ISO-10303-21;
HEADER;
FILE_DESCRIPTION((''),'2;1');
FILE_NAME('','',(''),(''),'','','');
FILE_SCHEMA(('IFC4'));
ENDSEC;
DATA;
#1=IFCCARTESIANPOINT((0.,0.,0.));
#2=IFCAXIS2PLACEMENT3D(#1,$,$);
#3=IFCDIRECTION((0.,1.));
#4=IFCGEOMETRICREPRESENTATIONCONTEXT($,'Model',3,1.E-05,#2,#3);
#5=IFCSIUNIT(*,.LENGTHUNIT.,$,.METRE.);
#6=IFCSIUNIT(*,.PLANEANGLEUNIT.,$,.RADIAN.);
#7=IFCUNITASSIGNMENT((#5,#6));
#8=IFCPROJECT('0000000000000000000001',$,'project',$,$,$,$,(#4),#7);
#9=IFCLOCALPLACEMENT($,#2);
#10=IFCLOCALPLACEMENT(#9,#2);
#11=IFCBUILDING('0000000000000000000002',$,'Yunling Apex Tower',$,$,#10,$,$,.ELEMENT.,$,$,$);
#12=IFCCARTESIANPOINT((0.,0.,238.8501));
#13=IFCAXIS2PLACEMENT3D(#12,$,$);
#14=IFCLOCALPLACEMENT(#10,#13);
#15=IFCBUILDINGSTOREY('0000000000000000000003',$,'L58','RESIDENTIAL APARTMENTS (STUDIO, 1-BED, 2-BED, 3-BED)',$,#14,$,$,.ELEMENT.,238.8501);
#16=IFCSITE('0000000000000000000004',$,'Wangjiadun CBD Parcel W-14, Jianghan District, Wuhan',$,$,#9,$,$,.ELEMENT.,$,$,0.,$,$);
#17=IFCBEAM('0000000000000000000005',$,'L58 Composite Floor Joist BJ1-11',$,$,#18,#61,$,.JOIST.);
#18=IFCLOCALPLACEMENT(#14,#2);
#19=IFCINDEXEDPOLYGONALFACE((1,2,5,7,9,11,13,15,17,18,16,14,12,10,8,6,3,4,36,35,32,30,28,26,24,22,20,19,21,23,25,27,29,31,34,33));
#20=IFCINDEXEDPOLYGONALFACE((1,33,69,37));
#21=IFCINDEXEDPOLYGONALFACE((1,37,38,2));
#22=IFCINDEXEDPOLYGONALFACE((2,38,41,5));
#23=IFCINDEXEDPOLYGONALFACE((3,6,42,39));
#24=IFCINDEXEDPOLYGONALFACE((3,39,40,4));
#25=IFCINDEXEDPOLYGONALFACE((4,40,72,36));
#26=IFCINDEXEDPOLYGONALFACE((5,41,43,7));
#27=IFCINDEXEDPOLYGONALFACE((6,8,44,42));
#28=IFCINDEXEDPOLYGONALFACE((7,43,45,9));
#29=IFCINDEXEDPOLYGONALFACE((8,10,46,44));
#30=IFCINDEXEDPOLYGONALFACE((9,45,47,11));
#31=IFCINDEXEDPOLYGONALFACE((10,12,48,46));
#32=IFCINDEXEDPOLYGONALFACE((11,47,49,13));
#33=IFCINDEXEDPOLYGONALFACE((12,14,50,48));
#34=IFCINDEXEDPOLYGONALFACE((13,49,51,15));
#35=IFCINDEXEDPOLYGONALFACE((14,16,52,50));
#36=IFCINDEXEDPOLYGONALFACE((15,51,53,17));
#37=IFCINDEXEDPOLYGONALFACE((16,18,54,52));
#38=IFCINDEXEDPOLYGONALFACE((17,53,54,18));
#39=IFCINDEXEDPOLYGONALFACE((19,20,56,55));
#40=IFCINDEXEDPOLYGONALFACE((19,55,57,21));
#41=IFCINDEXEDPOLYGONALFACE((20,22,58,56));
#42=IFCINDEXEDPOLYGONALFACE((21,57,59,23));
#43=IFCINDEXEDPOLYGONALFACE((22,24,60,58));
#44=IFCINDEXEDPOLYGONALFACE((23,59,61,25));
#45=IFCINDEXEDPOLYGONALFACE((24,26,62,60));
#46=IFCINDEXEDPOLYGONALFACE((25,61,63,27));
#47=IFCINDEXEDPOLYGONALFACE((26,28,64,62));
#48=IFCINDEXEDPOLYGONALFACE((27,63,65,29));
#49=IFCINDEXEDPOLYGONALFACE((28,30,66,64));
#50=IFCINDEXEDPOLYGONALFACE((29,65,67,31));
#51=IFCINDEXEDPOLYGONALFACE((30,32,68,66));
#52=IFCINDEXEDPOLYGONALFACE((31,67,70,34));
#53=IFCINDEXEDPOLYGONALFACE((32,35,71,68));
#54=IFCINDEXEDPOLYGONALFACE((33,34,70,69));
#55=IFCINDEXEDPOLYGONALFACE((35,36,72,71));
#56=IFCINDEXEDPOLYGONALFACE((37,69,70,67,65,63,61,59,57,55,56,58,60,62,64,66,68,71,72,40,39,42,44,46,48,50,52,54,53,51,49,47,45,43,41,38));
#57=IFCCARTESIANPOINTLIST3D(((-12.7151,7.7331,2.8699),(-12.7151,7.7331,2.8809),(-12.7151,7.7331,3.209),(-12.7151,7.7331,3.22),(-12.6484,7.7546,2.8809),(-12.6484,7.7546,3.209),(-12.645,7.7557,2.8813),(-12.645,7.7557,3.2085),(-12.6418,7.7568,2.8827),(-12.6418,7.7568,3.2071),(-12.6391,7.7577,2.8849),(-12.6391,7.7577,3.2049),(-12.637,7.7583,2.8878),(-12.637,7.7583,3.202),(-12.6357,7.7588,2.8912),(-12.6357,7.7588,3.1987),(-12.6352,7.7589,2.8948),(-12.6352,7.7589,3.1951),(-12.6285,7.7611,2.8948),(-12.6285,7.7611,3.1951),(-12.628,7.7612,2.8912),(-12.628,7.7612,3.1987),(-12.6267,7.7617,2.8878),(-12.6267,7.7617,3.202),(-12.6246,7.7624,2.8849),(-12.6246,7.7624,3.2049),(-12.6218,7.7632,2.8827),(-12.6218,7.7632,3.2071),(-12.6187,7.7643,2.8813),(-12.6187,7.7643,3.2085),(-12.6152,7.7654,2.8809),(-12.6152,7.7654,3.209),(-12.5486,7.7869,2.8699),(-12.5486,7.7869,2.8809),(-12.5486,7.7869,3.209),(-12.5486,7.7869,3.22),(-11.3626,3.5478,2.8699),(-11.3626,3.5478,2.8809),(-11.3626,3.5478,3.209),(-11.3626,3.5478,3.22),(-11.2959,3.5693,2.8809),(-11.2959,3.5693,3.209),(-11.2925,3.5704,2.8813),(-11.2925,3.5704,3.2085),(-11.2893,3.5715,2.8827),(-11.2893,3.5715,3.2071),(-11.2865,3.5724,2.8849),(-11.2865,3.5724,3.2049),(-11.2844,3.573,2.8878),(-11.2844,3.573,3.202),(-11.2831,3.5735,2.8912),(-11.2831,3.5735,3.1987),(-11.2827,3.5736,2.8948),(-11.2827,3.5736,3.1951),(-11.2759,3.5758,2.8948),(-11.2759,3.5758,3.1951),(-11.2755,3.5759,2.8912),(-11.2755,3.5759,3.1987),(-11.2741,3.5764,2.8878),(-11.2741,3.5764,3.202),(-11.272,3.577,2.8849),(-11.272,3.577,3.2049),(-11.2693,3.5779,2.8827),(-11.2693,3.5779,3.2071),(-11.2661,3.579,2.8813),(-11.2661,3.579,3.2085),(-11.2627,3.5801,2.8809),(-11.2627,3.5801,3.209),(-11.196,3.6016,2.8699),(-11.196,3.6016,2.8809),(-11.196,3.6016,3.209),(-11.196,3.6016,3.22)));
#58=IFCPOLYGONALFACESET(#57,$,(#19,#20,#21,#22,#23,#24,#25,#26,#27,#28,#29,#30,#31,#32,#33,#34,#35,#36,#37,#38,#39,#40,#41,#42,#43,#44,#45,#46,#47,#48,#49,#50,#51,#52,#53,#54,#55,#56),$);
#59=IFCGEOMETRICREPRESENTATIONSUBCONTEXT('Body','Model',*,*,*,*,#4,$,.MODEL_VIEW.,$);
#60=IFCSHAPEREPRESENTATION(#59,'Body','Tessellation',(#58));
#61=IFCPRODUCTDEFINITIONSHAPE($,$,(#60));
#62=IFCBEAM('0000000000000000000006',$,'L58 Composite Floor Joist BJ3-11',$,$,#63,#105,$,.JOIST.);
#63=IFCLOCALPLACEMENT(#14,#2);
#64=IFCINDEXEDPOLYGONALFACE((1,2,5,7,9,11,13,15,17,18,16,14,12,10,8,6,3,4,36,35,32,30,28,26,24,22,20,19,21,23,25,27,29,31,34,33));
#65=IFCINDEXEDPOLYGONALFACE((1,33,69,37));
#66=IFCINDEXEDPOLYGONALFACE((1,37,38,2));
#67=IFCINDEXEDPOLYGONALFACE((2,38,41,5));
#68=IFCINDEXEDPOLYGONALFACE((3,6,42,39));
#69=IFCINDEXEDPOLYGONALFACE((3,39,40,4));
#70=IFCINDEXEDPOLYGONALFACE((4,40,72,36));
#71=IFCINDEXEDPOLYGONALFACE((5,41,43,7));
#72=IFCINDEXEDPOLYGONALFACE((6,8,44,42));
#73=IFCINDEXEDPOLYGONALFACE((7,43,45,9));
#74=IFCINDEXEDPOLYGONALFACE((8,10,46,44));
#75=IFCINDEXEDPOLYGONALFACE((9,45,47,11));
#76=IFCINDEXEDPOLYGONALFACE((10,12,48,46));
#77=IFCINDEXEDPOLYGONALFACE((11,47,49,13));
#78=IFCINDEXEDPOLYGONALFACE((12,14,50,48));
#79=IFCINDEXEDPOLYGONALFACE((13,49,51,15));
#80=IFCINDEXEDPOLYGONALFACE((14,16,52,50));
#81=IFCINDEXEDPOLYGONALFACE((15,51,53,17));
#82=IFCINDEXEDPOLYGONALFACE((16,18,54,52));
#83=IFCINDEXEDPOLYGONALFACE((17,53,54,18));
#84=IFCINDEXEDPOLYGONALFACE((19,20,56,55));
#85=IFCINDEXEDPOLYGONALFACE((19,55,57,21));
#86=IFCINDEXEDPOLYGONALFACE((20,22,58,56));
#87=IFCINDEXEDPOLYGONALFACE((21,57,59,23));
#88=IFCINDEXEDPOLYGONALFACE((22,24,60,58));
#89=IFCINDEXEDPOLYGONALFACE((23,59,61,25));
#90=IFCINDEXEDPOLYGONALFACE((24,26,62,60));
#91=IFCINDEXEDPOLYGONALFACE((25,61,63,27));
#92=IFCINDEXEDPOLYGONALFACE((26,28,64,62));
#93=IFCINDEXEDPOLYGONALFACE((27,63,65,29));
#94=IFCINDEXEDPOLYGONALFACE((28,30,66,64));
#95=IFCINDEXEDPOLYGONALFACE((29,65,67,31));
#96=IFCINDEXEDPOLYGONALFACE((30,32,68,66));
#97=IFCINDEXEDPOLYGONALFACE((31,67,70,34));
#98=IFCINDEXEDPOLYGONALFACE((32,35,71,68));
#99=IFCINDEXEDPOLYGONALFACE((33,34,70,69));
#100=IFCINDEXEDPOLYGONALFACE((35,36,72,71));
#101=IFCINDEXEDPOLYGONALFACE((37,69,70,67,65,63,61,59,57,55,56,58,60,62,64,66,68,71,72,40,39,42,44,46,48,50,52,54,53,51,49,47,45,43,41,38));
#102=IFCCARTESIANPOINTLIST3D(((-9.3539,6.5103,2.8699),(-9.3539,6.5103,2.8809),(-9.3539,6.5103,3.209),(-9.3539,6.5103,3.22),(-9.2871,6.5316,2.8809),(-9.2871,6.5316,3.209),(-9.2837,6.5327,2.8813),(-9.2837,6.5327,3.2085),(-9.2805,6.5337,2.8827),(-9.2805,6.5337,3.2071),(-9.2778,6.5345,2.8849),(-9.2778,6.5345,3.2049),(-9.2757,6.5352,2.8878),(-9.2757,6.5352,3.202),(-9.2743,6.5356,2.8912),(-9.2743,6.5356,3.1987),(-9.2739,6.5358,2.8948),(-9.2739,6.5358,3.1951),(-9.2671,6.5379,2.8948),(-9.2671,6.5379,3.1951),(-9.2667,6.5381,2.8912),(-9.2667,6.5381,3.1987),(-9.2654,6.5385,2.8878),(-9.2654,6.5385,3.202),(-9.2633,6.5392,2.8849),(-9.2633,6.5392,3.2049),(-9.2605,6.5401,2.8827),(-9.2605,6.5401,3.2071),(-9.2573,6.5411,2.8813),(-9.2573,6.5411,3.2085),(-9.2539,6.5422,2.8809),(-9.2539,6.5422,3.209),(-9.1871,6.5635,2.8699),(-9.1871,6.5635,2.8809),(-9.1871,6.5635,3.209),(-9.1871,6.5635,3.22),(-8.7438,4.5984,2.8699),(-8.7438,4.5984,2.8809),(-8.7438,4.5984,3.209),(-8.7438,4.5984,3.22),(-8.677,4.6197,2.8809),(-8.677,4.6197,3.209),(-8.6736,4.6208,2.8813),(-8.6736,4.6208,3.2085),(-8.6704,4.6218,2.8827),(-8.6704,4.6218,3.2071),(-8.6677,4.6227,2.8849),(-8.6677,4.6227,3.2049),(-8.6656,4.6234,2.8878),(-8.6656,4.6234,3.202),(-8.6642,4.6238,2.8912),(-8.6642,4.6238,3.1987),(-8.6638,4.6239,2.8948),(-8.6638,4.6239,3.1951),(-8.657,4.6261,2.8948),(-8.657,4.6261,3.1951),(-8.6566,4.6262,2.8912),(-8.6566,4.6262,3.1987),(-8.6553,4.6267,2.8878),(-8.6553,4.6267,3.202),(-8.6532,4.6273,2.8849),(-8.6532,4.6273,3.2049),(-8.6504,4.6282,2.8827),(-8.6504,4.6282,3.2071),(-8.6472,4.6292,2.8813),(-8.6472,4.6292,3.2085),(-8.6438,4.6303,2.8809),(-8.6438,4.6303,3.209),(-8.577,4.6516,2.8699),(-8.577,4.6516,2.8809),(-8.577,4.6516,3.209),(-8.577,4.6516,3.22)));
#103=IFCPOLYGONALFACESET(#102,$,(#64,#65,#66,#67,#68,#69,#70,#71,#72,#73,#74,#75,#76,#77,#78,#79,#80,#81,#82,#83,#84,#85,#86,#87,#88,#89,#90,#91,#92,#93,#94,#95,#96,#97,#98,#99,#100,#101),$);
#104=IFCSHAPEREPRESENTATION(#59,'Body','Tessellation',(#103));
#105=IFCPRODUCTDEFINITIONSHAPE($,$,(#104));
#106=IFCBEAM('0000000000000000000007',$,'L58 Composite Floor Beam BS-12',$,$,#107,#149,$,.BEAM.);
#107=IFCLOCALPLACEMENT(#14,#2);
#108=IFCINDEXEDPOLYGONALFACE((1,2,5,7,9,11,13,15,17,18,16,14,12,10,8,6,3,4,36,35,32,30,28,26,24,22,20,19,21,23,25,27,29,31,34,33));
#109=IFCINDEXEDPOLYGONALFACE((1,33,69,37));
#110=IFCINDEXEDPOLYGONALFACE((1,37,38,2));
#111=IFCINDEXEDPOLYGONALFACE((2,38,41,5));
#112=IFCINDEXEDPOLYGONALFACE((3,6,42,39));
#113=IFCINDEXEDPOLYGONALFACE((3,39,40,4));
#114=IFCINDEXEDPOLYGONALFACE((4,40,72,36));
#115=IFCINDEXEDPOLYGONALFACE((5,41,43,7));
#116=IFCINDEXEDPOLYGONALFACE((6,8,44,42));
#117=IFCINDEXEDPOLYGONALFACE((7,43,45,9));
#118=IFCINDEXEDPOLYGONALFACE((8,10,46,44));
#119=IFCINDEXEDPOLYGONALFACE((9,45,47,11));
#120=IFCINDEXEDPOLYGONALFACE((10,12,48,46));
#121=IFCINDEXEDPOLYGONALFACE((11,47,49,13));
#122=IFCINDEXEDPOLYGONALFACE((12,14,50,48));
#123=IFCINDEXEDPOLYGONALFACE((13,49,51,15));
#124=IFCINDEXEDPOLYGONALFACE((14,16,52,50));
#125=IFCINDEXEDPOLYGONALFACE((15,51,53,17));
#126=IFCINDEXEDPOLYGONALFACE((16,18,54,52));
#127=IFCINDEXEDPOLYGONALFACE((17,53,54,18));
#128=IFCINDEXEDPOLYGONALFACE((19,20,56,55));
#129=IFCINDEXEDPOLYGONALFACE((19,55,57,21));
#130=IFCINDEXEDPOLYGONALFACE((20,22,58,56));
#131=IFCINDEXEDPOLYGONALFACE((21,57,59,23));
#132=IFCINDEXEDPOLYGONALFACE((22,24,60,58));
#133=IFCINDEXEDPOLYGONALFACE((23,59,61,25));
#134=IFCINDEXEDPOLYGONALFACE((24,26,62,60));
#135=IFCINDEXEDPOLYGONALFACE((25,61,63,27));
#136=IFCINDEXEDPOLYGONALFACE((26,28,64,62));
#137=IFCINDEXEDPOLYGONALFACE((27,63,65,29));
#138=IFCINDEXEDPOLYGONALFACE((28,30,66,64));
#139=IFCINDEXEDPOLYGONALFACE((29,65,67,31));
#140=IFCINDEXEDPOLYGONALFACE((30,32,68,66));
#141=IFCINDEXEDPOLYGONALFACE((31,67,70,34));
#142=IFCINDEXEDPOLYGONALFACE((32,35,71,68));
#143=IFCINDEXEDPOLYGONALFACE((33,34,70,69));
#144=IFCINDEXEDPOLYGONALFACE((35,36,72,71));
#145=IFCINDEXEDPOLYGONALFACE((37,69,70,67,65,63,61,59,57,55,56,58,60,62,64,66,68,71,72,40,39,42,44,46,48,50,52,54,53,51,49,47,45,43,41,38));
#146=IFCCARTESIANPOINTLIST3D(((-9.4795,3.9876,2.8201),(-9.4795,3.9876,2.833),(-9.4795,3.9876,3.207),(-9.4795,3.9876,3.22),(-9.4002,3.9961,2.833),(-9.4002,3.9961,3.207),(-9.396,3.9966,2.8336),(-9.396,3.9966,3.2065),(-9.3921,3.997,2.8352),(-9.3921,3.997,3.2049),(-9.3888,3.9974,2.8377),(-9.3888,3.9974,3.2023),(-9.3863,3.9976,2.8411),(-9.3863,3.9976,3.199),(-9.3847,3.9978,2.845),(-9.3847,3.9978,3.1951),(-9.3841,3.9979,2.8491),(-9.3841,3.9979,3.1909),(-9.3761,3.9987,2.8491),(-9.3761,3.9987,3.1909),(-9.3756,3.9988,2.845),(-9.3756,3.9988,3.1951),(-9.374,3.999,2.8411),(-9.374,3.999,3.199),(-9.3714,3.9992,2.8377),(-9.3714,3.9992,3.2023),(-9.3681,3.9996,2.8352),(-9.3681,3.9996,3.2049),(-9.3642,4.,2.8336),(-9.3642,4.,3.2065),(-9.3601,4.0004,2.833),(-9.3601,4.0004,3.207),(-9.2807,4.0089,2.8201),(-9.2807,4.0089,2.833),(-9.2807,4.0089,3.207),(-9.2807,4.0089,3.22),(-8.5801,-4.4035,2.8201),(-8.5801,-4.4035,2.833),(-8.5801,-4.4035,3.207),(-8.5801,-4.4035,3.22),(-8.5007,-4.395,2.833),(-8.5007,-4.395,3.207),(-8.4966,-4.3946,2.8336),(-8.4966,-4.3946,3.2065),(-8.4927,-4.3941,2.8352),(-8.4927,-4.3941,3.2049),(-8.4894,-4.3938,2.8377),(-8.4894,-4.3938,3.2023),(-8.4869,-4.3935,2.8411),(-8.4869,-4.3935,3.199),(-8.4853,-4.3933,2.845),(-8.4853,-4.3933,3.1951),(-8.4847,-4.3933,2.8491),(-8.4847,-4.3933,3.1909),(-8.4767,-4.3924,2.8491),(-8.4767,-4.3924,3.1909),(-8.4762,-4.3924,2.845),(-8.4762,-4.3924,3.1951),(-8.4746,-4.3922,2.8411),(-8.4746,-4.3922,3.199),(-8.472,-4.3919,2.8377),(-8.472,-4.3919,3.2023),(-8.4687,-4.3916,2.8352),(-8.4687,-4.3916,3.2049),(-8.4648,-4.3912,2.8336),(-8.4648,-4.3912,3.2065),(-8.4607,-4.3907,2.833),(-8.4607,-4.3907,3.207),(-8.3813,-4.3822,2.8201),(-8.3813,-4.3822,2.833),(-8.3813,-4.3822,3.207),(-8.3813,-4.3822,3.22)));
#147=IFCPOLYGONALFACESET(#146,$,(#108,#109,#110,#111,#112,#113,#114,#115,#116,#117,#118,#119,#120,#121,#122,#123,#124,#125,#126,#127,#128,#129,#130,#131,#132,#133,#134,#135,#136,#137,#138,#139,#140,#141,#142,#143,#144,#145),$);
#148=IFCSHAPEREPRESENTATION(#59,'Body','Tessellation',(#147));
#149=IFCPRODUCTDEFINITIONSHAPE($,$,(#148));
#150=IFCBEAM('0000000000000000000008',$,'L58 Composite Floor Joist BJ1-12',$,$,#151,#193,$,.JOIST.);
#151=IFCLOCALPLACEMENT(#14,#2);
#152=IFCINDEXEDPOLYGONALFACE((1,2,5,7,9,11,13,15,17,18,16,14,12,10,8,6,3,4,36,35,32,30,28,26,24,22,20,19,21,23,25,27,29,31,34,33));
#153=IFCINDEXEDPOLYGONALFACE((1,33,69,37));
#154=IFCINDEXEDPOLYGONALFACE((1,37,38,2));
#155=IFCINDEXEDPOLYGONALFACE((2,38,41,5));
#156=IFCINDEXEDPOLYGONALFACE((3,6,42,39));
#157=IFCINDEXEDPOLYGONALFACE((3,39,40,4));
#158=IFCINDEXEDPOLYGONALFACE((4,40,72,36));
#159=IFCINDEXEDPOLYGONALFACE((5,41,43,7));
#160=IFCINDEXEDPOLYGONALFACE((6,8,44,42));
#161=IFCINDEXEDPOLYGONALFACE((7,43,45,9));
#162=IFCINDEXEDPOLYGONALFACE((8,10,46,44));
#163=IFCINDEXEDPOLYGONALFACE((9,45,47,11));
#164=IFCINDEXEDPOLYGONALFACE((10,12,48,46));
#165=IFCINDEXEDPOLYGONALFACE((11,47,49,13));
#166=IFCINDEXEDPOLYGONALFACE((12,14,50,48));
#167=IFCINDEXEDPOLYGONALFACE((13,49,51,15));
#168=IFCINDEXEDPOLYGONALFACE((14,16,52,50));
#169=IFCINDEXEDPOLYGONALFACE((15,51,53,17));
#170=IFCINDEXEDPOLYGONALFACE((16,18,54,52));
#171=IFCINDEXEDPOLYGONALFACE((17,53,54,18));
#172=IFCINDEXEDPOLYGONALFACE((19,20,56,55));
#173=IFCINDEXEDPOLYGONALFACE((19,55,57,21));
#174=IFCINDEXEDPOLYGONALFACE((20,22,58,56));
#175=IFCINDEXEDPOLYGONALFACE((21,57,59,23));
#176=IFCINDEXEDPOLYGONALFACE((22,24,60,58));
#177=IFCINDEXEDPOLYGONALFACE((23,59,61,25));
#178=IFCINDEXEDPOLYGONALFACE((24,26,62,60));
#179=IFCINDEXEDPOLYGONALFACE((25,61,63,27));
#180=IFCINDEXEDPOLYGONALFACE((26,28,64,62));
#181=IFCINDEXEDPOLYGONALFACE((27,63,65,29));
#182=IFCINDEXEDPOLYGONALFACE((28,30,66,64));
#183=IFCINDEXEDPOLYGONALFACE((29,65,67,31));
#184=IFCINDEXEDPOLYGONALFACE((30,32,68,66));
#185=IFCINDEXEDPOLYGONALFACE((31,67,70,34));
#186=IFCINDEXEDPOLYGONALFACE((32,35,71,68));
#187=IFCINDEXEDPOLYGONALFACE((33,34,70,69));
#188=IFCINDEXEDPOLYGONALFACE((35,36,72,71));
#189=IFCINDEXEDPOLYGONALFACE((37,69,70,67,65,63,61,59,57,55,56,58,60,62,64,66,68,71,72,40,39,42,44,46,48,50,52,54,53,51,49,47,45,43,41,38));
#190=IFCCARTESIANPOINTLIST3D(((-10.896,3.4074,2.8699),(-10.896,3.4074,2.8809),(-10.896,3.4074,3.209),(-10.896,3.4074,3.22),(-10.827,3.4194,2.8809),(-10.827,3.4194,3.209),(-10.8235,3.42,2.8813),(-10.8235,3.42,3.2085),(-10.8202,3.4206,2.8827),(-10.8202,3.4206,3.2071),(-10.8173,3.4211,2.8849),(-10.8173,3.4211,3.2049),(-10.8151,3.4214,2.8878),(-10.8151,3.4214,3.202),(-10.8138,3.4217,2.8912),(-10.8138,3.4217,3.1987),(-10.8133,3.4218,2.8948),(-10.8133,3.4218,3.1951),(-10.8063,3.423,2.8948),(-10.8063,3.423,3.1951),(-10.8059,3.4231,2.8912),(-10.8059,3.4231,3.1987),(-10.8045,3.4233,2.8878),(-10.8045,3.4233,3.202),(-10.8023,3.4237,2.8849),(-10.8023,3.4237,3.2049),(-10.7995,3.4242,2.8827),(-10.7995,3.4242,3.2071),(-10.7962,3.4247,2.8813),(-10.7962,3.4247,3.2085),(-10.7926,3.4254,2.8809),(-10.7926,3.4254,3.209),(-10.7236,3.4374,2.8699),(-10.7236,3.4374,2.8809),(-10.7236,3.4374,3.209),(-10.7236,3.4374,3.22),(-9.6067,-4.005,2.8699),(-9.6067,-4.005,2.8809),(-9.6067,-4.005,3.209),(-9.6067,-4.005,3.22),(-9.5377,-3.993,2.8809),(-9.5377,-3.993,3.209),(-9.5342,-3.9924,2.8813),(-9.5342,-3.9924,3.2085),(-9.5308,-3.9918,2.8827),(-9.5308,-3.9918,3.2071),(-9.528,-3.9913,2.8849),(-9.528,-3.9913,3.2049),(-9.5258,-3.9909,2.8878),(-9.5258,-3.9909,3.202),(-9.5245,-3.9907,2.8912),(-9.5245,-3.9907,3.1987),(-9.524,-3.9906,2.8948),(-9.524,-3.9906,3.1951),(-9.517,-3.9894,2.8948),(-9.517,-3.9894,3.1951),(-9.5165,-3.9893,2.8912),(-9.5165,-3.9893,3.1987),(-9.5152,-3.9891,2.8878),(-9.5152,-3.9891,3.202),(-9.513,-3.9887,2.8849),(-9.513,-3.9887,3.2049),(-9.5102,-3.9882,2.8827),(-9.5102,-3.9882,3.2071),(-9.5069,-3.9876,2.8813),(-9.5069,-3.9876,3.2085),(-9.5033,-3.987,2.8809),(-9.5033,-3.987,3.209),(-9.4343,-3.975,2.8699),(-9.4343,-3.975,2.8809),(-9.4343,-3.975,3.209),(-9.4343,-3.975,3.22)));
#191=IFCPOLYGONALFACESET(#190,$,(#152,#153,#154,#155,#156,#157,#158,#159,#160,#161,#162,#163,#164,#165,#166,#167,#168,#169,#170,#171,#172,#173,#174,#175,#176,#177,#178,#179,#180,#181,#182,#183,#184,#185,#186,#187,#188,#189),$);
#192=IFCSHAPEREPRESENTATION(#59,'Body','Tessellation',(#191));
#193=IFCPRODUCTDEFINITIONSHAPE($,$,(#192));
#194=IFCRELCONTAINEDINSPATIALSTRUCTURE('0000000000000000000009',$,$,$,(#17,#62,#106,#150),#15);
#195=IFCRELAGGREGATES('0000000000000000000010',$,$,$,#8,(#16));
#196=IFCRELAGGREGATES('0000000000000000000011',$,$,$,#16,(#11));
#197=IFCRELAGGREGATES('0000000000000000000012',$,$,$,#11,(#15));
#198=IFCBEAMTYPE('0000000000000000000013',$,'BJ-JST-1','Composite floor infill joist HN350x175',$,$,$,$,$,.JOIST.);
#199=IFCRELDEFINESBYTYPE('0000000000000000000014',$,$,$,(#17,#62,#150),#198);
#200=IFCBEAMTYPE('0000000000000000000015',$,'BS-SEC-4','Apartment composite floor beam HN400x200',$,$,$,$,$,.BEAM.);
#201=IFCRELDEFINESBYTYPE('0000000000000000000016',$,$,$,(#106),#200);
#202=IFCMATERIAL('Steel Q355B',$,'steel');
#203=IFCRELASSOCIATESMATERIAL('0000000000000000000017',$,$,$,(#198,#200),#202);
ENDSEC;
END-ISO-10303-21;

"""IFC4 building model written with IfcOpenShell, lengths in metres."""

from ifc_helpers import new_model, si_unit, direction, frame, origin, origin_2d, place, context, subcontext, project, spatial, i_section, extrude, source, transform, mapped, material, material_profile, profile_set, type_object, element, save


model = new_model("IFC4")

# Units and contexts
model_context = context("Model", 3, precision=1e-05, world=origin(), true_north=direction((0.0, 1.0)))
body_context = subcontext(model_context, "Body", "Model", "MODEL_VIEW")
ifc_project = project(units=[si_unit("LENGTHUNIT", "METRE"), si_unit("PLANEANGLEUNIT", "RADIAN")], contexts=[model_context])

# Site, building, storey
site_placement = place(None, origin())
site = spatial("IfcSite", under=ifc_project, at=site_placement, Name="Wangjiadun CBD Parcel W-14, Jianghan District, Wuhan", CompositionType="ELEMENT", RefElevation=0.0)
building_placement = place(site_placement, origin())
building = spatial("IfcBuilding", under=site, at=building_placement, Name="Yunling Apex Tower", CompositionType="ELEMENT")
storey_placement = place(building_placement, frame((0.0, 0.0, 238.8501)))
storey = spatial("IfcBuildingStorey", under=building, at=storey_placement, Name="L58", Description="RESIDENTIAL APARTMENTS (STUDIO, 1-BED, 2-BED, 3-BED)", CompositionType="ELEMENT", Elevation=238.8501)

# Beams
ifc_material_1 = material(Name="Steel Q355B", Category="steel")
ifc_material_profile_1 = material_profile(ifc_material_1, i_section(OverallWidth=0.175, OverallDepth=0.3501, WebThickness=0.0071, FlangeThickness=0.011, FilletRadius=0.0139, at=origin_2d()))
ifc_profile_set_1 = profile_set([ifc_material_profile_1], Name="Steel Q355B")
beam_type_1 = type_object("IfcBeamType", Name="BJ-JST-1", Description="Composite floor infill joist HN350x175", PredefinedType="JOIST", material=ifc_profile_set_1)
ifc_material_profile_2 = material_profile(ifc_material_1, i_section(OverallWidth=0.2, OverallDepth=0.3999, WebThickness=0.0081, FlangeThickness=0.0129, FilletRadius=0.0161, at=origin_2d()))
ifc_profile_set_2 = profile_set([ifc_material_profile_2], Name="Steel Q355B")
beam_type_2 = type_object("IfcBeamType", Name="BS-SEC-4", Description="Apartment composite floor beam HN400x200", PredefinedType="BEAM", material=ifc_profile_set_2)
shared_shape_1 = source(origin(), body_context, "Body", "SweptSolid", [
    extrude(i_section(OverallWidth=0.175, OverallDepth=0.3501, WebThickness=0.0071, FlangeThickness=0.011, FilletRadius=0.0139, at=origin_2d()), origin(), (0.0, 0.0, 1.0), 4.3984),
])
beam_1_placement = place(storey_placement, frame((-12.6318, 7.76, 3.0449), z_axis=(0.307505, -0.951546, 0.0), x_axis=(0.951546, 0.307505, 0.0)))
element("IfcBeam", 1, at=beam_1_placement, inside=storey, type_object=beam_type_1, Name="L58 Composite Floor Joist BJ1-11", PredefinedType="JOIST", context=body_context, shape_type="MappedRepresentation", body=[
    mapped(shared_shape_1, transform((0.0, 0.0, 0.0), scale=1.0)),
])
shared_shape_2 = source(origin(), body_context, "Body", "SweptSolid", [
    extrude(i_section(OverallWidth=0.175, OverallDepth=0.3501, WebThickness=0.0071, FlangeThickness=0.011, FilletRadius=0.0139, at=origin_2d()), origin(), (0.0, 0.0, 1.0), 2.0068),
])
beam_2_placement = place(storey_placement, frame((-9.2705, 6.5369, 3.0449), z_axis=(0.304012, -0.952668, 0.0), x_axis=(0.952668, 0.304012, 0.0)))
element("IfcBeam", 2, at=beam_2_placement, inside=storey, type_object=beam_type_1, Name="L58 Composite Floor Joist BJ3-11", PredefinedType="JOIST", context=body_context, shape_type="MappedRepresentation", body=[
    mapped(shared_shape_2, transform((0.0, 0.0, 0.0), scale=1.0)),
])
shared_shape_3 = source(origin(), body_context, "Body", "SweptSolid", [
    extrude(i_section(OverallWidth=0.2, OverallDepth=0.3999, WebThickness=0.0081, FlangeThickness=0.0129, FilletRadius=0.0161, at=origin_2d()), origin(), (0.0, 0.0, 1.0), 8.4392),
])
beam_3_placement = place(storey_placement, frame((-9.3801, 3.9983, 3.02), z_axis=(0.106576, -0.994305, 0.0), x_axis=(0.994305, 0.106576, 0.0)))
element("IfcBeam", 3, at=beam_3_placement, inside=storey, type_object=beam_type_2, Name="L58 Composite Floor Beam BS-12", PredefinedType="BEAM", context=body_context, shape_type="MappedRepresentation", body=[
    mapped(shared_shape_3, transform((0.0, 0.0, 0.0), scale=1.0)),
])
shared_shape_4 = source(origin(), body_context, "Body", "SweptSolid", [
    extrude(i_section(OverallWidth=0.175, OverallDepth=0.3501, WebThickness=0.0071, FlangeThickness=0.011, FilletRadius=0.0139, at=origin_2d()), origin(), (0.0, 0.0, 1.0), 7.5237),
])
beam_4_placement = place(storey_placement, frame((-10.8098, 3.4224, 3.0449), z_axis=(0.171367, -0.985207, 0.0), x_axis=(0.985207, 0.171367, 0.0)))
element("IfcBeam", 4, at=beam_4_placement, inside=storey, type_object=beam_type_1, Name="L58 Composite Floor Joist BJ1-12", PredefinedType="JOIST", context=body_context, shape_type="MappedRepresentation", body=[
    mapped(shared_shape_4, transform((0.0, 0.0, 0.0), scale=1.0)),
])

save(model, "model.ifc")
